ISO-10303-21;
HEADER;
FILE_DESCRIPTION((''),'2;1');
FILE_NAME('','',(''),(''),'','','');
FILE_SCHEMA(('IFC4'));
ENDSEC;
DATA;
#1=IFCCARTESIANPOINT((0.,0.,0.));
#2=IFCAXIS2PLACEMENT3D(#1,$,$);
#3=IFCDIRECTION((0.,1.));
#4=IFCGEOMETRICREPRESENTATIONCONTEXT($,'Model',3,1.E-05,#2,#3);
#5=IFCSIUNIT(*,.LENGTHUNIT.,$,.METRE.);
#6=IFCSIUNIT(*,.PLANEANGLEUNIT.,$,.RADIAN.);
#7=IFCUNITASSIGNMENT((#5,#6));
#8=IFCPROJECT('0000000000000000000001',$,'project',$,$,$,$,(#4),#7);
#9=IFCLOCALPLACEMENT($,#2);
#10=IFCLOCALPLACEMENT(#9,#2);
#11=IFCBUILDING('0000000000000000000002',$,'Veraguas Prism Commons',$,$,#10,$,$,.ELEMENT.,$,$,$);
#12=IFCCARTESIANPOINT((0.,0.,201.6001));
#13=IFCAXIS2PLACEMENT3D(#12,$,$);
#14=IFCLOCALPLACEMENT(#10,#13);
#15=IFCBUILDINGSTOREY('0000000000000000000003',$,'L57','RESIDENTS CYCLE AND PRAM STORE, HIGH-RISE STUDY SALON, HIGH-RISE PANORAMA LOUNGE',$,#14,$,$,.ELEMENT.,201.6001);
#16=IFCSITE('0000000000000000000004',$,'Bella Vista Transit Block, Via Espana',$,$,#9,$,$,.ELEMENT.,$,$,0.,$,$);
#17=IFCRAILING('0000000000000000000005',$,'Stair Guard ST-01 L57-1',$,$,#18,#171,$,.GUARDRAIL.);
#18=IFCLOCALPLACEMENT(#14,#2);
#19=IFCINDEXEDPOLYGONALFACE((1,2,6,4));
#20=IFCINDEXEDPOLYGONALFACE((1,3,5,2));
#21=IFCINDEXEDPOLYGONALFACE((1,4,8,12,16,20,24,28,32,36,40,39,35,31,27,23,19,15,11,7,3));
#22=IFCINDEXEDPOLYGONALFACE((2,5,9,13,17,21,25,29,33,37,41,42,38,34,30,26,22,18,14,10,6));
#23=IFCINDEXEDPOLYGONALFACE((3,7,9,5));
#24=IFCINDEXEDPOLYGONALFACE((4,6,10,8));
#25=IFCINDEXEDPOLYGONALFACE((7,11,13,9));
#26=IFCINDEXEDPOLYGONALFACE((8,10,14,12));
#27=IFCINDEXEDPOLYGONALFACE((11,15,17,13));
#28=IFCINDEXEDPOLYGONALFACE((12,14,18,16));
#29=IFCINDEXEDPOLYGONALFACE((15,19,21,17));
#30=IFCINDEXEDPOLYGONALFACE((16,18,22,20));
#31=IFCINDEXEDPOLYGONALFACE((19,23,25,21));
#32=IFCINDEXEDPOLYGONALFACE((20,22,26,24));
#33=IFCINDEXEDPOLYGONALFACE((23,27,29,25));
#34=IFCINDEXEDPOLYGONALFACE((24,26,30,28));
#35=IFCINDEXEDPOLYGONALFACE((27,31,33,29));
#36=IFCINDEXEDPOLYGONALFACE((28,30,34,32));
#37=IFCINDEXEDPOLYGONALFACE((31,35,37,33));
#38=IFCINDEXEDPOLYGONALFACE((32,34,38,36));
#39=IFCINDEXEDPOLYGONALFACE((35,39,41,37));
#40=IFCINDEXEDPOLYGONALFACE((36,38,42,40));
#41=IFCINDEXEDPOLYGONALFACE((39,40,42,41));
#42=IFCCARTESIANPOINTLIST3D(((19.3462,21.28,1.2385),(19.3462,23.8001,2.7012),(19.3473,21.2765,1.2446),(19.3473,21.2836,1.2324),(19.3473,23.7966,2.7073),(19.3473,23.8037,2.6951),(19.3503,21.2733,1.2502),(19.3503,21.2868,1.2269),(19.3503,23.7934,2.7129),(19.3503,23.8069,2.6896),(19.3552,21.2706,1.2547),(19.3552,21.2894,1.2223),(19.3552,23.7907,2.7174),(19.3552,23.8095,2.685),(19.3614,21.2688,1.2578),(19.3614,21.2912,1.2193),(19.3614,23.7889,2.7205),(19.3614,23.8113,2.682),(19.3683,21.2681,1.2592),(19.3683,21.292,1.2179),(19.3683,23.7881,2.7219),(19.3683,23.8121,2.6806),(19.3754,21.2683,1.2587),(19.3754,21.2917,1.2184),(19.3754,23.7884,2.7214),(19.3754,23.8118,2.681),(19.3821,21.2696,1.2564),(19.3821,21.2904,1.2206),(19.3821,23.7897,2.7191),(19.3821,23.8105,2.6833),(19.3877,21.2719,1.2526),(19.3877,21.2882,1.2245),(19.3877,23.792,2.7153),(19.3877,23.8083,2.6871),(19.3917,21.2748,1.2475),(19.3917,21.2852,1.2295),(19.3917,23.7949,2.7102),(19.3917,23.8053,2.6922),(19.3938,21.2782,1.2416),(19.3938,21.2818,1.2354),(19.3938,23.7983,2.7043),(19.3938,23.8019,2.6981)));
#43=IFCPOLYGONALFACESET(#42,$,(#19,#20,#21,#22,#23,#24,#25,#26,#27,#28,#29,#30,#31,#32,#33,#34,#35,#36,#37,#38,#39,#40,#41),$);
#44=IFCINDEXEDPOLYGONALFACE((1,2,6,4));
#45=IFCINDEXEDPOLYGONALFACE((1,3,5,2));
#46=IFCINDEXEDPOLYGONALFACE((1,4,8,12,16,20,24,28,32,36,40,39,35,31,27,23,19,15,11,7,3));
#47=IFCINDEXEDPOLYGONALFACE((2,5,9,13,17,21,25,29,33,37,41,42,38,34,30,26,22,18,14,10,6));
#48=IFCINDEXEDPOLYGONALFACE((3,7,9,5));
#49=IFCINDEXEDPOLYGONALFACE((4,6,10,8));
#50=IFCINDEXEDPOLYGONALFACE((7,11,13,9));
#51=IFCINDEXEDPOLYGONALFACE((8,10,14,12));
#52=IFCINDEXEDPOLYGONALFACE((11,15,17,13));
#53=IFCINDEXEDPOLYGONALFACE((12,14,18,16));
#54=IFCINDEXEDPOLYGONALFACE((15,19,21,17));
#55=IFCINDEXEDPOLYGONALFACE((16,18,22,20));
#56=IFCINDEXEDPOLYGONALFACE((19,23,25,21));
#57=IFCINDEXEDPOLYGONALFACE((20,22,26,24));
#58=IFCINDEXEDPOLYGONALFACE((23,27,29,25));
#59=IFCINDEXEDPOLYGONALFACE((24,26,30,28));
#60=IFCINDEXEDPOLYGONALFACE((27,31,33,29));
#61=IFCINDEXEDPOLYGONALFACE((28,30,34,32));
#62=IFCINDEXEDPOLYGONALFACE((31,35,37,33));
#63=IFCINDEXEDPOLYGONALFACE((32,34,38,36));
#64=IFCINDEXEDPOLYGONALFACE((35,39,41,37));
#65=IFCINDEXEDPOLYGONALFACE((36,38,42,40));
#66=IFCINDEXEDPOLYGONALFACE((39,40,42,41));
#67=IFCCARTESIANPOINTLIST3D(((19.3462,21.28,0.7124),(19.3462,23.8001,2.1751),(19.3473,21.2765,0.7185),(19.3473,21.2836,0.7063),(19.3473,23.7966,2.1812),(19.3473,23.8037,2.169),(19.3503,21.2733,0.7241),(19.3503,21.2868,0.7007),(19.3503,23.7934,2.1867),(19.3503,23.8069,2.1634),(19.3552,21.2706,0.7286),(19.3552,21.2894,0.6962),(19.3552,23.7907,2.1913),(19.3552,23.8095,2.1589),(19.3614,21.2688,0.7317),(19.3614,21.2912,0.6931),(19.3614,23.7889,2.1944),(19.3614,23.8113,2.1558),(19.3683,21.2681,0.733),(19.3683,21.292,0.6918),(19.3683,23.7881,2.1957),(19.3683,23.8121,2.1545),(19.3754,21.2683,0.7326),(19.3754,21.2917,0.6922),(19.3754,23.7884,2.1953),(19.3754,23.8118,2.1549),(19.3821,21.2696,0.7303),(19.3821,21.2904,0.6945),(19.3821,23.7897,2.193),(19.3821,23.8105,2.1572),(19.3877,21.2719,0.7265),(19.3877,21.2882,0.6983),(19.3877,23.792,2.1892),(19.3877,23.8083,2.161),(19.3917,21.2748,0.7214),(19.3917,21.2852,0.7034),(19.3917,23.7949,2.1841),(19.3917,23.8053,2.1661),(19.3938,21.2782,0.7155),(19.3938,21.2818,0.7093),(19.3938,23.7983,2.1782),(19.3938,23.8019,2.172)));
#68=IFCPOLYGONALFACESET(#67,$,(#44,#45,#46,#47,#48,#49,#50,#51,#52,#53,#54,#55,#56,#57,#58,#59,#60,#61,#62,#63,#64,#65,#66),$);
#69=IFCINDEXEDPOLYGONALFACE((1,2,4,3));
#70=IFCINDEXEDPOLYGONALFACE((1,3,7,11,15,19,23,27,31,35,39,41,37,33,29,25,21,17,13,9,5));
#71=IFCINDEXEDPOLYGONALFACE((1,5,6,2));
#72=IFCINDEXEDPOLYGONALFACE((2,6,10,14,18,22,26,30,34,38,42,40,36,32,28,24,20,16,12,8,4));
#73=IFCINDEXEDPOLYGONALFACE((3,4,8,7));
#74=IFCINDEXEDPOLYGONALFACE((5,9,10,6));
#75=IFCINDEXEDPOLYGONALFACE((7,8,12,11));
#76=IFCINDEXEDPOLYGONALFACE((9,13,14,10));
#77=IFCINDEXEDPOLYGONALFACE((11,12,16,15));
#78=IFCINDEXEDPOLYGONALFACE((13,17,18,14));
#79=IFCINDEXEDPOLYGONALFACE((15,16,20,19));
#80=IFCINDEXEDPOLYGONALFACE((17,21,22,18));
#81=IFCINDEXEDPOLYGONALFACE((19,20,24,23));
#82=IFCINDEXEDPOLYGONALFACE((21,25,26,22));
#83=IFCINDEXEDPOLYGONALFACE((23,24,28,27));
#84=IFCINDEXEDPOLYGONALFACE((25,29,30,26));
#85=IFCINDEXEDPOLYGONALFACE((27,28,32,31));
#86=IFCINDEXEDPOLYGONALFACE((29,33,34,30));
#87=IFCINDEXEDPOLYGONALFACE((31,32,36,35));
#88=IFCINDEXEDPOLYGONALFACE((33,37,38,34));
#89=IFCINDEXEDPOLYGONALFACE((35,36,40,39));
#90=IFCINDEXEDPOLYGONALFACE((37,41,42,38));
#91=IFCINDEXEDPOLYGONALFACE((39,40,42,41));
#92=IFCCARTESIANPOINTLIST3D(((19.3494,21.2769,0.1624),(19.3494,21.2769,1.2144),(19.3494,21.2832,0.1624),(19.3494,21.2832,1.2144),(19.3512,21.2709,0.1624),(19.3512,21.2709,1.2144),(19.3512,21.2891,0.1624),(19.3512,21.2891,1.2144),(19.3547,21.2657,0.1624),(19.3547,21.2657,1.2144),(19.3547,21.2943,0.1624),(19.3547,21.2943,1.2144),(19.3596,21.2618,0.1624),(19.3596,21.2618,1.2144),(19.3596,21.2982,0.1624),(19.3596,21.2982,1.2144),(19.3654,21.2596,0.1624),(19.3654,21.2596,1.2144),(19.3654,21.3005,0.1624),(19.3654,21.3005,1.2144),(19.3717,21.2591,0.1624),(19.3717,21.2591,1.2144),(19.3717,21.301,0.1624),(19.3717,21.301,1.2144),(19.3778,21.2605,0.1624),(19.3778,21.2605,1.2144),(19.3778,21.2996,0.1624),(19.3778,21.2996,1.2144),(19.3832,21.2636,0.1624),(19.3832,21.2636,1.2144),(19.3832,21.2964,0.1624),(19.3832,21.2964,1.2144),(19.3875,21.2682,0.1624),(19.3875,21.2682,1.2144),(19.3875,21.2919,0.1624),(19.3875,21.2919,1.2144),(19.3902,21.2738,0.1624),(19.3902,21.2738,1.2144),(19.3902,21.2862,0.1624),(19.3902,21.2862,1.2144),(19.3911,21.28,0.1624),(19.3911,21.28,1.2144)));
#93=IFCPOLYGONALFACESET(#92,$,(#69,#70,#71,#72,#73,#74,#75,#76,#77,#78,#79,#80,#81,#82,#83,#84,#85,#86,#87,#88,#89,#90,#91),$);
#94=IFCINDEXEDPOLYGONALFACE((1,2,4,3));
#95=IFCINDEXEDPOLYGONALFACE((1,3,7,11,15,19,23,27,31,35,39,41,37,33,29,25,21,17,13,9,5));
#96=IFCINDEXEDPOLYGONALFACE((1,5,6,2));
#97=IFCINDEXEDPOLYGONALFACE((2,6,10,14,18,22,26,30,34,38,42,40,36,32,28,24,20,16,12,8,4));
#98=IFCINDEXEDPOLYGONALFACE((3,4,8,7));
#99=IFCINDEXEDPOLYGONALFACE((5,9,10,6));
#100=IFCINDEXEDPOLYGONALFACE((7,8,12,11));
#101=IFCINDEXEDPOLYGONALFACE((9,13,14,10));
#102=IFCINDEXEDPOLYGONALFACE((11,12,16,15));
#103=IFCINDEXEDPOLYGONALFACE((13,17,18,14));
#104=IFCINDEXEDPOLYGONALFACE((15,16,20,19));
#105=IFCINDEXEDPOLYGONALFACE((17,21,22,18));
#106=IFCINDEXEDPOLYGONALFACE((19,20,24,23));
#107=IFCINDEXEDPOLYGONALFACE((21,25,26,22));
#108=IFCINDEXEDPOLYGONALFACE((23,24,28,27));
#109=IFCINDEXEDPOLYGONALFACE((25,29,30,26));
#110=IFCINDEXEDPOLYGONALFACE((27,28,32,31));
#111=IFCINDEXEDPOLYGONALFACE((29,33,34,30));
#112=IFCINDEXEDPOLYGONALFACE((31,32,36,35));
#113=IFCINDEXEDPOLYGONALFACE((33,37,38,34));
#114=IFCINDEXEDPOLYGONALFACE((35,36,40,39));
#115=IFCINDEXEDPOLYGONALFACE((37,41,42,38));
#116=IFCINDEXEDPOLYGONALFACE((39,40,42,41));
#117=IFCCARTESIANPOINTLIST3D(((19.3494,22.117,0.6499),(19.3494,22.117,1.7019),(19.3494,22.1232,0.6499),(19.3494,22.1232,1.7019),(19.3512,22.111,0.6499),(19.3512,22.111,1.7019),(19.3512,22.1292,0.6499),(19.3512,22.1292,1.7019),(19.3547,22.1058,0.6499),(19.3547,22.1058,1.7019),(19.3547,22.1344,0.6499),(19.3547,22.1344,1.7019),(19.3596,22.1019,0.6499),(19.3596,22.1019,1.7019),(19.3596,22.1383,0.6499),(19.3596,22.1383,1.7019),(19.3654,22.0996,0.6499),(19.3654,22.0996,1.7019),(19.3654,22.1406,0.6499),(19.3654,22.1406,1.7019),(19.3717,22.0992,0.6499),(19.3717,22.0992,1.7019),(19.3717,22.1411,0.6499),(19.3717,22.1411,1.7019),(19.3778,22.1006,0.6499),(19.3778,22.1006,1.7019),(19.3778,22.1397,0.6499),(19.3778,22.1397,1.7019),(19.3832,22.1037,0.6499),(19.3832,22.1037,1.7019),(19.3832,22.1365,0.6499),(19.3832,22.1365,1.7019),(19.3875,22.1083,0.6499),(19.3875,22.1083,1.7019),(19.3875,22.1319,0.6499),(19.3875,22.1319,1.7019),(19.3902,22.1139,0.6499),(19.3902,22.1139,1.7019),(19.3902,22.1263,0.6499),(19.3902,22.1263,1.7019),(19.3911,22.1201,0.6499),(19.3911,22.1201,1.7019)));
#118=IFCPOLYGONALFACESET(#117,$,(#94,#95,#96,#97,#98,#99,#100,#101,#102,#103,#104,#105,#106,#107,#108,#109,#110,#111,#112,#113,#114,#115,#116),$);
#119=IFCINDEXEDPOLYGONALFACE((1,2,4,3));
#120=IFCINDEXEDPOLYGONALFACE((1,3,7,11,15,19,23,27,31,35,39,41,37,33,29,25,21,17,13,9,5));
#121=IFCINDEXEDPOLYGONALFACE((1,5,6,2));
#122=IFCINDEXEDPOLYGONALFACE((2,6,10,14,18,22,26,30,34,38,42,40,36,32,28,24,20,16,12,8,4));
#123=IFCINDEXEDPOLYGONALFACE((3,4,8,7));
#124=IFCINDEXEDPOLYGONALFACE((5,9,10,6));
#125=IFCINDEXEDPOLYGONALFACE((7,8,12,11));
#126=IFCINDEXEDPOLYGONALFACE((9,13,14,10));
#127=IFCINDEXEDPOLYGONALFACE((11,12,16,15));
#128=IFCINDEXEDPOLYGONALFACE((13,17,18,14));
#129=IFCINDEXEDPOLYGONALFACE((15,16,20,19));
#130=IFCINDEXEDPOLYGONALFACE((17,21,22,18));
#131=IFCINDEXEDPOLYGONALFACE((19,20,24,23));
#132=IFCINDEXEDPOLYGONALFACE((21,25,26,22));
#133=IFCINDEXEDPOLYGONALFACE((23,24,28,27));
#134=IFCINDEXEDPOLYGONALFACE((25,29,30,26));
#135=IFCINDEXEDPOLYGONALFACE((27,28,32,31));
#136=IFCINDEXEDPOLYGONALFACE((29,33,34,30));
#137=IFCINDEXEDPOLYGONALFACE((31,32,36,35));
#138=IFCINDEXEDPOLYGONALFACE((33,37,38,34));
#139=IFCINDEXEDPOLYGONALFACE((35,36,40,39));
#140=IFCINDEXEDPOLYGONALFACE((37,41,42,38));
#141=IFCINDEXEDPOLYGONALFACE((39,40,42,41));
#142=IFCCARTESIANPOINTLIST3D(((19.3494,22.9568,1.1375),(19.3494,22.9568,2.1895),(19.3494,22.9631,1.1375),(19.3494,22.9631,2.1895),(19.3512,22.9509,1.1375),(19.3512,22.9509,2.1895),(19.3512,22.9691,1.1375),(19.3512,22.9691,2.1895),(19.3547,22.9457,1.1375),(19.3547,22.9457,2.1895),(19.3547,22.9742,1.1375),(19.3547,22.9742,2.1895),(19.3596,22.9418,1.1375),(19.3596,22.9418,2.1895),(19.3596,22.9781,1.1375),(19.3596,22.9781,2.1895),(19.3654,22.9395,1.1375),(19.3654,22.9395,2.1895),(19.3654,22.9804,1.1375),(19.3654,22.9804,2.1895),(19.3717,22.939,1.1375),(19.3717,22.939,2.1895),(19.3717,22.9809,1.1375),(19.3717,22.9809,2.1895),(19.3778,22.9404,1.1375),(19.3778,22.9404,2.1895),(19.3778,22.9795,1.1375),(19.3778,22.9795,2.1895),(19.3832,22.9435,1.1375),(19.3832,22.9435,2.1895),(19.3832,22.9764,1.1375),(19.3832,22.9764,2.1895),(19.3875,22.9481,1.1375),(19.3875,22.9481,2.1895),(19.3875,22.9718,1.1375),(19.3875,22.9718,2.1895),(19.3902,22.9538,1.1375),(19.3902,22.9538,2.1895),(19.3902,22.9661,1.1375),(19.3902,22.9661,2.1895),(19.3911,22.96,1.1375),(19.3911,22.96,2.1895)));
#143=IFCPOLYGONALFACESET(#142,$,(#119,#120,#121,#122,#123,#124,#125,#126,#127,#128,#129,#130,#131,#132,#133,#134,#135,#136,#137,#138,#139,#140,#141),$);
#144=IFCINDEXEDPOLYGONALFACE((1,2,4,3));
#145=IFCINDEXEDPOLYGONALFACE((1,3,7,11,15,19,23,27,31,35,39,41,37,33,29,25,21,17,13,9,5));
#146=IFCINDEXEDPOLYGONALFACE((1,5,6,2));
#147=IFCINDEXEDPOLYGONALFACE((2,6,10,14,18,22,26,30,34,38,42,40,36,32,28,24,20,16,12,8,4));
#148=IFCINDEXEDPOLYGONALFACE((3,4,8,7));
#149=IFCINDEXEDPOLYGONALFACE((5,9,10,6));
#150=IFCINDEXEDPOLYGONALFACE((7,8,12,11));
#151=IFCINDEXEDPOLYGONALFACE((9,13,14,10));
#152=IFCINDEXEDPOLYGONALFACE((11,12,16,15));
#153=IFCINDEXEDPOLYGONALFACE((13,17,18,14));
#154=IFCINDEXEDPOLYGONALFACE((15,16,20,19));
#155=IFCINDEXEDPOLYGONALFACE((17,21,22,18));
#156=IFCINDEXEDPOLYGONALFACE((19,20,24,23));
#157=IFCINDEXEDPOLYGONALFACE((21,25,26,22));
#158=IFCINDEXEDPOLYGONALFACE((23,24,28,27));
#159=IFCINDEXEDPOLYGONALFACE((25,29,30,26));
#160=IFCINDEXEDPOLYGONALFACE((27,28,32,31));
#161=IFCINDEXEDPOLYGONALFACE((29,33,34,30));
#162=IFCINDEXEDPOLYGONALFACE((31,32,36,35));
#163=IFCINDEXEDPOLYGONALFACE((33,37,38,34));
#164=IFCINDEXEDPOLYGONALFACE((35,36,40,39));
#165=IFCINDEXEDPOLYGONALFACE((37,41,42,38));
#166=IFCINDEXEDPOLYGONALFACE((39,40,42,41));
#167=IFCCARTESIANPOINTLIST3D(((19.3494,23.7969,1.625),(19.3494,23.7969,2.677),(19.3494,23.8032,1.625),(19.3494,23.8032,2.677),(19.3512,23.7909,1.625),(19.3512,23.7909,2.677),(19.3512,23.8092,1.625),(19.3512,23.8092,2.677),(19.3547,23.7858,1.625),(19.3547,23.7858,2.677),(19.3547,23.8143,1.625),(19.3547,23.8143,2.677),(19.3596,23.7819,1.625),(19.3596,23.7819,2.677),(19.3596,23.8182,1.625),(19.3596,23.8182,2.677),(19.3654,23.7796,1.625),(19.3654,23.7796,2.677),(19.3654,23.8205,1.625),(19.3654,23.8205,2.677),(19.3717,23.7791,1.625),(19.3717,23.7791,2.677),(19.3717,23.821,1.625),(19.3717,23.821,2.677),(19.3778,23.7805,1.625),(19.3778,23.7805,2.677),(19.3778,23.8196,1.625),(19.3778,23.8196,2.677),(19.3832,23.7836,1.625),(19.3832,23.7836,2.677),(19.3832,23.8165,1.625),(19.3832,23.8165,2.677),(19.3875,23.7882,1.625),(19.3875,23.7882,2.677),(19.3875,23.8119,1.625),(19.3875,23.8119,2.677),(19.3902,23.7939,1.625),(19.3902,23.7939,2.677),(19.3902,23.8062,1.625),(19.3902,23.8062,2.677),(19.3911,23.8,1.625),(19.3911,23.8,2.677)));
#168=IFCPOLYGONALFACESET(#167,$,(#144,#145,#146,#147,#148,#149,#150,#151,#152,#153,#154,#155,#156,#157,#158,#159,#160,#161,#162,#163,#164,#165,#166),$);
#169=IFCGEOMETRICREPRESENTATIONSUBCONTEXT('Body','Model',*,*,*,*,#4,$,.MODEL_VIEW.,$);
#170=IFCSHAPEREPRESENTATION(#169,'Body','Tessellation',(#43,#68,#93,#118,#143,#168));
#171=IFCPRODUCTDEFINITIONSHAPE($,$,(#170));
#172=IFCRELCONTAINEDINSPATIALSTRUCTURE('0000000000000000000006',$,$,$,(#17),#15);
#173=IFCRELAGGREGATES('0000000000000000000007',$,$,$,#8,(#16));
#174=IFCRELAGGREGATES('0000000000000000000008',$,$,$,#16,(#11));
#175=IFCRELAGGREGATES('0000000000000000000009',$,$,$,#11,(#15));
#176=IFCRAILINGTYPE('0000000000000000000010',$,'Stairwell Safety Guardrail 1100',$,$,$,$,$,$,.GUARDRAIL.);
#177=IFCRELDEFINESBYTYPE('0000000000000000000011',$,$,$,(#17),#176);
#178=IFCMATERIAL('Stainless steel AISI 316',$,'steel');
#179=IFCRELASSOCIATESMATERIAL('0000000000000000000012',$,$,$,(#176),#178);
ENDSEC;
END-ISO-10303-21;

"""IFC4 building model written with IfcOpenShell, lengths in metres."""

from ifc_helpers import new_model, si_unit, direction, frame, origin, origin_2d, place, context, subcontext, project, spatial, circle, extrude, material, type_object, element, save


model = new_model("IFC4")

# Units and contexts
model_context = context("Model", 3, precision=1e-05, world=origin(), true_north=direction((0.0, 1.0)))
body_context = subcontext(model_context, "Body", "Model", "MODEL_VIEW")
ifc_project = project(units=[si_unit("LENGTHUNIT", "METRE"), si_unit("PLANEANGLEUNIT", "RADIAN")], contexts=[model_context])

# Site, building, storey
site_placement = place(None, origin())
site = spatial("IfcSite", under=ifc_project, at=site_placement, Name="Bella Vista Transit Block, Via Espana", CompositionType="ELEMENT", RefElevation=0.0)
building_placement = place(site_placement, origin())
building = spatial("IfcBuilding", under=site, at=building_placement, Name="Veraguas Prism Commons", CompositionType="ELEMENT")
storey_placement = place(building_placement, frame((0.0, 0.0, 201.6001)))
storey = spatial("IfcBuildingStorey", under=building, at=storey_placement, Name="L57", Description="RESIDENTS CYCLE AND PRAM STORE, HIGH-RISE STUDY SALON, HIGH-RISE PANORAMA LOUNGE", CompositionType="ELEMENT", Elevation=201.6001)

# Railing
ifc_material_1 = material(Name="Stainless steel AISI 316", Category="steel")
railing_type_1 = type_object("IfcRailingType", Name="Stairwell Safety Guardrail 1100", PredefinedType="GUARDRAIL", material=ifc_material_1)
railing_1_placement = place(storey_placement, frame((19.3701, 21.28, 0.1624)))
element("IfcRailing", 1, at=railing_1_placement, inside=storey, type_object=railing_type_1, Name="Stair Guard ST-01 L57-1", PredefinedType="GUARDRAIL", context=body_context, shape_type="SweptSolid", body=[
    extrude(circle(Radius=0.0239, at=origin_2d()), frame((0.0, 0.0, 1.0762), z_axis=(0.0, 0.864877, 0.501984), x_axis=(-1.0, 0.0, 0.0)), (0.0, 0.0, 1.0), 2.9138),
    extrude(circle(Radius=0.0239, at=origin_2d()), frame((0.0, 0.0, 0.55), z_axis=(0.0, 0.864877, 0.501984), x_axis=(-1.0, 0.0, 0.0)), (0.0, 0.0, 1.0), 2.9138),
    extrude(circle(Radius=0.021, at=origin_2d()), origin(), (0.0, 0.0, 1.0), 1.052),
    extrude(circle(Radius=0.021, at=origin_2d()), frame((0.0, 0.8401, 0.4875)), (0.0, 0.0, 1.0), 1.052),
    extrude(circle(Radius=0.021, at=origin_2d()), frame((0.0, 1.6799, 0.9751)), (0.0, 0.0, 1.0), 1.052),
    extrude(circle(Radius=0.021, at=origin_2d()), frame((0.0, 2.52, 1.4626)), (0.0, 0.0, 1.0), 1.052),
])

save(model, "model.ifc")
